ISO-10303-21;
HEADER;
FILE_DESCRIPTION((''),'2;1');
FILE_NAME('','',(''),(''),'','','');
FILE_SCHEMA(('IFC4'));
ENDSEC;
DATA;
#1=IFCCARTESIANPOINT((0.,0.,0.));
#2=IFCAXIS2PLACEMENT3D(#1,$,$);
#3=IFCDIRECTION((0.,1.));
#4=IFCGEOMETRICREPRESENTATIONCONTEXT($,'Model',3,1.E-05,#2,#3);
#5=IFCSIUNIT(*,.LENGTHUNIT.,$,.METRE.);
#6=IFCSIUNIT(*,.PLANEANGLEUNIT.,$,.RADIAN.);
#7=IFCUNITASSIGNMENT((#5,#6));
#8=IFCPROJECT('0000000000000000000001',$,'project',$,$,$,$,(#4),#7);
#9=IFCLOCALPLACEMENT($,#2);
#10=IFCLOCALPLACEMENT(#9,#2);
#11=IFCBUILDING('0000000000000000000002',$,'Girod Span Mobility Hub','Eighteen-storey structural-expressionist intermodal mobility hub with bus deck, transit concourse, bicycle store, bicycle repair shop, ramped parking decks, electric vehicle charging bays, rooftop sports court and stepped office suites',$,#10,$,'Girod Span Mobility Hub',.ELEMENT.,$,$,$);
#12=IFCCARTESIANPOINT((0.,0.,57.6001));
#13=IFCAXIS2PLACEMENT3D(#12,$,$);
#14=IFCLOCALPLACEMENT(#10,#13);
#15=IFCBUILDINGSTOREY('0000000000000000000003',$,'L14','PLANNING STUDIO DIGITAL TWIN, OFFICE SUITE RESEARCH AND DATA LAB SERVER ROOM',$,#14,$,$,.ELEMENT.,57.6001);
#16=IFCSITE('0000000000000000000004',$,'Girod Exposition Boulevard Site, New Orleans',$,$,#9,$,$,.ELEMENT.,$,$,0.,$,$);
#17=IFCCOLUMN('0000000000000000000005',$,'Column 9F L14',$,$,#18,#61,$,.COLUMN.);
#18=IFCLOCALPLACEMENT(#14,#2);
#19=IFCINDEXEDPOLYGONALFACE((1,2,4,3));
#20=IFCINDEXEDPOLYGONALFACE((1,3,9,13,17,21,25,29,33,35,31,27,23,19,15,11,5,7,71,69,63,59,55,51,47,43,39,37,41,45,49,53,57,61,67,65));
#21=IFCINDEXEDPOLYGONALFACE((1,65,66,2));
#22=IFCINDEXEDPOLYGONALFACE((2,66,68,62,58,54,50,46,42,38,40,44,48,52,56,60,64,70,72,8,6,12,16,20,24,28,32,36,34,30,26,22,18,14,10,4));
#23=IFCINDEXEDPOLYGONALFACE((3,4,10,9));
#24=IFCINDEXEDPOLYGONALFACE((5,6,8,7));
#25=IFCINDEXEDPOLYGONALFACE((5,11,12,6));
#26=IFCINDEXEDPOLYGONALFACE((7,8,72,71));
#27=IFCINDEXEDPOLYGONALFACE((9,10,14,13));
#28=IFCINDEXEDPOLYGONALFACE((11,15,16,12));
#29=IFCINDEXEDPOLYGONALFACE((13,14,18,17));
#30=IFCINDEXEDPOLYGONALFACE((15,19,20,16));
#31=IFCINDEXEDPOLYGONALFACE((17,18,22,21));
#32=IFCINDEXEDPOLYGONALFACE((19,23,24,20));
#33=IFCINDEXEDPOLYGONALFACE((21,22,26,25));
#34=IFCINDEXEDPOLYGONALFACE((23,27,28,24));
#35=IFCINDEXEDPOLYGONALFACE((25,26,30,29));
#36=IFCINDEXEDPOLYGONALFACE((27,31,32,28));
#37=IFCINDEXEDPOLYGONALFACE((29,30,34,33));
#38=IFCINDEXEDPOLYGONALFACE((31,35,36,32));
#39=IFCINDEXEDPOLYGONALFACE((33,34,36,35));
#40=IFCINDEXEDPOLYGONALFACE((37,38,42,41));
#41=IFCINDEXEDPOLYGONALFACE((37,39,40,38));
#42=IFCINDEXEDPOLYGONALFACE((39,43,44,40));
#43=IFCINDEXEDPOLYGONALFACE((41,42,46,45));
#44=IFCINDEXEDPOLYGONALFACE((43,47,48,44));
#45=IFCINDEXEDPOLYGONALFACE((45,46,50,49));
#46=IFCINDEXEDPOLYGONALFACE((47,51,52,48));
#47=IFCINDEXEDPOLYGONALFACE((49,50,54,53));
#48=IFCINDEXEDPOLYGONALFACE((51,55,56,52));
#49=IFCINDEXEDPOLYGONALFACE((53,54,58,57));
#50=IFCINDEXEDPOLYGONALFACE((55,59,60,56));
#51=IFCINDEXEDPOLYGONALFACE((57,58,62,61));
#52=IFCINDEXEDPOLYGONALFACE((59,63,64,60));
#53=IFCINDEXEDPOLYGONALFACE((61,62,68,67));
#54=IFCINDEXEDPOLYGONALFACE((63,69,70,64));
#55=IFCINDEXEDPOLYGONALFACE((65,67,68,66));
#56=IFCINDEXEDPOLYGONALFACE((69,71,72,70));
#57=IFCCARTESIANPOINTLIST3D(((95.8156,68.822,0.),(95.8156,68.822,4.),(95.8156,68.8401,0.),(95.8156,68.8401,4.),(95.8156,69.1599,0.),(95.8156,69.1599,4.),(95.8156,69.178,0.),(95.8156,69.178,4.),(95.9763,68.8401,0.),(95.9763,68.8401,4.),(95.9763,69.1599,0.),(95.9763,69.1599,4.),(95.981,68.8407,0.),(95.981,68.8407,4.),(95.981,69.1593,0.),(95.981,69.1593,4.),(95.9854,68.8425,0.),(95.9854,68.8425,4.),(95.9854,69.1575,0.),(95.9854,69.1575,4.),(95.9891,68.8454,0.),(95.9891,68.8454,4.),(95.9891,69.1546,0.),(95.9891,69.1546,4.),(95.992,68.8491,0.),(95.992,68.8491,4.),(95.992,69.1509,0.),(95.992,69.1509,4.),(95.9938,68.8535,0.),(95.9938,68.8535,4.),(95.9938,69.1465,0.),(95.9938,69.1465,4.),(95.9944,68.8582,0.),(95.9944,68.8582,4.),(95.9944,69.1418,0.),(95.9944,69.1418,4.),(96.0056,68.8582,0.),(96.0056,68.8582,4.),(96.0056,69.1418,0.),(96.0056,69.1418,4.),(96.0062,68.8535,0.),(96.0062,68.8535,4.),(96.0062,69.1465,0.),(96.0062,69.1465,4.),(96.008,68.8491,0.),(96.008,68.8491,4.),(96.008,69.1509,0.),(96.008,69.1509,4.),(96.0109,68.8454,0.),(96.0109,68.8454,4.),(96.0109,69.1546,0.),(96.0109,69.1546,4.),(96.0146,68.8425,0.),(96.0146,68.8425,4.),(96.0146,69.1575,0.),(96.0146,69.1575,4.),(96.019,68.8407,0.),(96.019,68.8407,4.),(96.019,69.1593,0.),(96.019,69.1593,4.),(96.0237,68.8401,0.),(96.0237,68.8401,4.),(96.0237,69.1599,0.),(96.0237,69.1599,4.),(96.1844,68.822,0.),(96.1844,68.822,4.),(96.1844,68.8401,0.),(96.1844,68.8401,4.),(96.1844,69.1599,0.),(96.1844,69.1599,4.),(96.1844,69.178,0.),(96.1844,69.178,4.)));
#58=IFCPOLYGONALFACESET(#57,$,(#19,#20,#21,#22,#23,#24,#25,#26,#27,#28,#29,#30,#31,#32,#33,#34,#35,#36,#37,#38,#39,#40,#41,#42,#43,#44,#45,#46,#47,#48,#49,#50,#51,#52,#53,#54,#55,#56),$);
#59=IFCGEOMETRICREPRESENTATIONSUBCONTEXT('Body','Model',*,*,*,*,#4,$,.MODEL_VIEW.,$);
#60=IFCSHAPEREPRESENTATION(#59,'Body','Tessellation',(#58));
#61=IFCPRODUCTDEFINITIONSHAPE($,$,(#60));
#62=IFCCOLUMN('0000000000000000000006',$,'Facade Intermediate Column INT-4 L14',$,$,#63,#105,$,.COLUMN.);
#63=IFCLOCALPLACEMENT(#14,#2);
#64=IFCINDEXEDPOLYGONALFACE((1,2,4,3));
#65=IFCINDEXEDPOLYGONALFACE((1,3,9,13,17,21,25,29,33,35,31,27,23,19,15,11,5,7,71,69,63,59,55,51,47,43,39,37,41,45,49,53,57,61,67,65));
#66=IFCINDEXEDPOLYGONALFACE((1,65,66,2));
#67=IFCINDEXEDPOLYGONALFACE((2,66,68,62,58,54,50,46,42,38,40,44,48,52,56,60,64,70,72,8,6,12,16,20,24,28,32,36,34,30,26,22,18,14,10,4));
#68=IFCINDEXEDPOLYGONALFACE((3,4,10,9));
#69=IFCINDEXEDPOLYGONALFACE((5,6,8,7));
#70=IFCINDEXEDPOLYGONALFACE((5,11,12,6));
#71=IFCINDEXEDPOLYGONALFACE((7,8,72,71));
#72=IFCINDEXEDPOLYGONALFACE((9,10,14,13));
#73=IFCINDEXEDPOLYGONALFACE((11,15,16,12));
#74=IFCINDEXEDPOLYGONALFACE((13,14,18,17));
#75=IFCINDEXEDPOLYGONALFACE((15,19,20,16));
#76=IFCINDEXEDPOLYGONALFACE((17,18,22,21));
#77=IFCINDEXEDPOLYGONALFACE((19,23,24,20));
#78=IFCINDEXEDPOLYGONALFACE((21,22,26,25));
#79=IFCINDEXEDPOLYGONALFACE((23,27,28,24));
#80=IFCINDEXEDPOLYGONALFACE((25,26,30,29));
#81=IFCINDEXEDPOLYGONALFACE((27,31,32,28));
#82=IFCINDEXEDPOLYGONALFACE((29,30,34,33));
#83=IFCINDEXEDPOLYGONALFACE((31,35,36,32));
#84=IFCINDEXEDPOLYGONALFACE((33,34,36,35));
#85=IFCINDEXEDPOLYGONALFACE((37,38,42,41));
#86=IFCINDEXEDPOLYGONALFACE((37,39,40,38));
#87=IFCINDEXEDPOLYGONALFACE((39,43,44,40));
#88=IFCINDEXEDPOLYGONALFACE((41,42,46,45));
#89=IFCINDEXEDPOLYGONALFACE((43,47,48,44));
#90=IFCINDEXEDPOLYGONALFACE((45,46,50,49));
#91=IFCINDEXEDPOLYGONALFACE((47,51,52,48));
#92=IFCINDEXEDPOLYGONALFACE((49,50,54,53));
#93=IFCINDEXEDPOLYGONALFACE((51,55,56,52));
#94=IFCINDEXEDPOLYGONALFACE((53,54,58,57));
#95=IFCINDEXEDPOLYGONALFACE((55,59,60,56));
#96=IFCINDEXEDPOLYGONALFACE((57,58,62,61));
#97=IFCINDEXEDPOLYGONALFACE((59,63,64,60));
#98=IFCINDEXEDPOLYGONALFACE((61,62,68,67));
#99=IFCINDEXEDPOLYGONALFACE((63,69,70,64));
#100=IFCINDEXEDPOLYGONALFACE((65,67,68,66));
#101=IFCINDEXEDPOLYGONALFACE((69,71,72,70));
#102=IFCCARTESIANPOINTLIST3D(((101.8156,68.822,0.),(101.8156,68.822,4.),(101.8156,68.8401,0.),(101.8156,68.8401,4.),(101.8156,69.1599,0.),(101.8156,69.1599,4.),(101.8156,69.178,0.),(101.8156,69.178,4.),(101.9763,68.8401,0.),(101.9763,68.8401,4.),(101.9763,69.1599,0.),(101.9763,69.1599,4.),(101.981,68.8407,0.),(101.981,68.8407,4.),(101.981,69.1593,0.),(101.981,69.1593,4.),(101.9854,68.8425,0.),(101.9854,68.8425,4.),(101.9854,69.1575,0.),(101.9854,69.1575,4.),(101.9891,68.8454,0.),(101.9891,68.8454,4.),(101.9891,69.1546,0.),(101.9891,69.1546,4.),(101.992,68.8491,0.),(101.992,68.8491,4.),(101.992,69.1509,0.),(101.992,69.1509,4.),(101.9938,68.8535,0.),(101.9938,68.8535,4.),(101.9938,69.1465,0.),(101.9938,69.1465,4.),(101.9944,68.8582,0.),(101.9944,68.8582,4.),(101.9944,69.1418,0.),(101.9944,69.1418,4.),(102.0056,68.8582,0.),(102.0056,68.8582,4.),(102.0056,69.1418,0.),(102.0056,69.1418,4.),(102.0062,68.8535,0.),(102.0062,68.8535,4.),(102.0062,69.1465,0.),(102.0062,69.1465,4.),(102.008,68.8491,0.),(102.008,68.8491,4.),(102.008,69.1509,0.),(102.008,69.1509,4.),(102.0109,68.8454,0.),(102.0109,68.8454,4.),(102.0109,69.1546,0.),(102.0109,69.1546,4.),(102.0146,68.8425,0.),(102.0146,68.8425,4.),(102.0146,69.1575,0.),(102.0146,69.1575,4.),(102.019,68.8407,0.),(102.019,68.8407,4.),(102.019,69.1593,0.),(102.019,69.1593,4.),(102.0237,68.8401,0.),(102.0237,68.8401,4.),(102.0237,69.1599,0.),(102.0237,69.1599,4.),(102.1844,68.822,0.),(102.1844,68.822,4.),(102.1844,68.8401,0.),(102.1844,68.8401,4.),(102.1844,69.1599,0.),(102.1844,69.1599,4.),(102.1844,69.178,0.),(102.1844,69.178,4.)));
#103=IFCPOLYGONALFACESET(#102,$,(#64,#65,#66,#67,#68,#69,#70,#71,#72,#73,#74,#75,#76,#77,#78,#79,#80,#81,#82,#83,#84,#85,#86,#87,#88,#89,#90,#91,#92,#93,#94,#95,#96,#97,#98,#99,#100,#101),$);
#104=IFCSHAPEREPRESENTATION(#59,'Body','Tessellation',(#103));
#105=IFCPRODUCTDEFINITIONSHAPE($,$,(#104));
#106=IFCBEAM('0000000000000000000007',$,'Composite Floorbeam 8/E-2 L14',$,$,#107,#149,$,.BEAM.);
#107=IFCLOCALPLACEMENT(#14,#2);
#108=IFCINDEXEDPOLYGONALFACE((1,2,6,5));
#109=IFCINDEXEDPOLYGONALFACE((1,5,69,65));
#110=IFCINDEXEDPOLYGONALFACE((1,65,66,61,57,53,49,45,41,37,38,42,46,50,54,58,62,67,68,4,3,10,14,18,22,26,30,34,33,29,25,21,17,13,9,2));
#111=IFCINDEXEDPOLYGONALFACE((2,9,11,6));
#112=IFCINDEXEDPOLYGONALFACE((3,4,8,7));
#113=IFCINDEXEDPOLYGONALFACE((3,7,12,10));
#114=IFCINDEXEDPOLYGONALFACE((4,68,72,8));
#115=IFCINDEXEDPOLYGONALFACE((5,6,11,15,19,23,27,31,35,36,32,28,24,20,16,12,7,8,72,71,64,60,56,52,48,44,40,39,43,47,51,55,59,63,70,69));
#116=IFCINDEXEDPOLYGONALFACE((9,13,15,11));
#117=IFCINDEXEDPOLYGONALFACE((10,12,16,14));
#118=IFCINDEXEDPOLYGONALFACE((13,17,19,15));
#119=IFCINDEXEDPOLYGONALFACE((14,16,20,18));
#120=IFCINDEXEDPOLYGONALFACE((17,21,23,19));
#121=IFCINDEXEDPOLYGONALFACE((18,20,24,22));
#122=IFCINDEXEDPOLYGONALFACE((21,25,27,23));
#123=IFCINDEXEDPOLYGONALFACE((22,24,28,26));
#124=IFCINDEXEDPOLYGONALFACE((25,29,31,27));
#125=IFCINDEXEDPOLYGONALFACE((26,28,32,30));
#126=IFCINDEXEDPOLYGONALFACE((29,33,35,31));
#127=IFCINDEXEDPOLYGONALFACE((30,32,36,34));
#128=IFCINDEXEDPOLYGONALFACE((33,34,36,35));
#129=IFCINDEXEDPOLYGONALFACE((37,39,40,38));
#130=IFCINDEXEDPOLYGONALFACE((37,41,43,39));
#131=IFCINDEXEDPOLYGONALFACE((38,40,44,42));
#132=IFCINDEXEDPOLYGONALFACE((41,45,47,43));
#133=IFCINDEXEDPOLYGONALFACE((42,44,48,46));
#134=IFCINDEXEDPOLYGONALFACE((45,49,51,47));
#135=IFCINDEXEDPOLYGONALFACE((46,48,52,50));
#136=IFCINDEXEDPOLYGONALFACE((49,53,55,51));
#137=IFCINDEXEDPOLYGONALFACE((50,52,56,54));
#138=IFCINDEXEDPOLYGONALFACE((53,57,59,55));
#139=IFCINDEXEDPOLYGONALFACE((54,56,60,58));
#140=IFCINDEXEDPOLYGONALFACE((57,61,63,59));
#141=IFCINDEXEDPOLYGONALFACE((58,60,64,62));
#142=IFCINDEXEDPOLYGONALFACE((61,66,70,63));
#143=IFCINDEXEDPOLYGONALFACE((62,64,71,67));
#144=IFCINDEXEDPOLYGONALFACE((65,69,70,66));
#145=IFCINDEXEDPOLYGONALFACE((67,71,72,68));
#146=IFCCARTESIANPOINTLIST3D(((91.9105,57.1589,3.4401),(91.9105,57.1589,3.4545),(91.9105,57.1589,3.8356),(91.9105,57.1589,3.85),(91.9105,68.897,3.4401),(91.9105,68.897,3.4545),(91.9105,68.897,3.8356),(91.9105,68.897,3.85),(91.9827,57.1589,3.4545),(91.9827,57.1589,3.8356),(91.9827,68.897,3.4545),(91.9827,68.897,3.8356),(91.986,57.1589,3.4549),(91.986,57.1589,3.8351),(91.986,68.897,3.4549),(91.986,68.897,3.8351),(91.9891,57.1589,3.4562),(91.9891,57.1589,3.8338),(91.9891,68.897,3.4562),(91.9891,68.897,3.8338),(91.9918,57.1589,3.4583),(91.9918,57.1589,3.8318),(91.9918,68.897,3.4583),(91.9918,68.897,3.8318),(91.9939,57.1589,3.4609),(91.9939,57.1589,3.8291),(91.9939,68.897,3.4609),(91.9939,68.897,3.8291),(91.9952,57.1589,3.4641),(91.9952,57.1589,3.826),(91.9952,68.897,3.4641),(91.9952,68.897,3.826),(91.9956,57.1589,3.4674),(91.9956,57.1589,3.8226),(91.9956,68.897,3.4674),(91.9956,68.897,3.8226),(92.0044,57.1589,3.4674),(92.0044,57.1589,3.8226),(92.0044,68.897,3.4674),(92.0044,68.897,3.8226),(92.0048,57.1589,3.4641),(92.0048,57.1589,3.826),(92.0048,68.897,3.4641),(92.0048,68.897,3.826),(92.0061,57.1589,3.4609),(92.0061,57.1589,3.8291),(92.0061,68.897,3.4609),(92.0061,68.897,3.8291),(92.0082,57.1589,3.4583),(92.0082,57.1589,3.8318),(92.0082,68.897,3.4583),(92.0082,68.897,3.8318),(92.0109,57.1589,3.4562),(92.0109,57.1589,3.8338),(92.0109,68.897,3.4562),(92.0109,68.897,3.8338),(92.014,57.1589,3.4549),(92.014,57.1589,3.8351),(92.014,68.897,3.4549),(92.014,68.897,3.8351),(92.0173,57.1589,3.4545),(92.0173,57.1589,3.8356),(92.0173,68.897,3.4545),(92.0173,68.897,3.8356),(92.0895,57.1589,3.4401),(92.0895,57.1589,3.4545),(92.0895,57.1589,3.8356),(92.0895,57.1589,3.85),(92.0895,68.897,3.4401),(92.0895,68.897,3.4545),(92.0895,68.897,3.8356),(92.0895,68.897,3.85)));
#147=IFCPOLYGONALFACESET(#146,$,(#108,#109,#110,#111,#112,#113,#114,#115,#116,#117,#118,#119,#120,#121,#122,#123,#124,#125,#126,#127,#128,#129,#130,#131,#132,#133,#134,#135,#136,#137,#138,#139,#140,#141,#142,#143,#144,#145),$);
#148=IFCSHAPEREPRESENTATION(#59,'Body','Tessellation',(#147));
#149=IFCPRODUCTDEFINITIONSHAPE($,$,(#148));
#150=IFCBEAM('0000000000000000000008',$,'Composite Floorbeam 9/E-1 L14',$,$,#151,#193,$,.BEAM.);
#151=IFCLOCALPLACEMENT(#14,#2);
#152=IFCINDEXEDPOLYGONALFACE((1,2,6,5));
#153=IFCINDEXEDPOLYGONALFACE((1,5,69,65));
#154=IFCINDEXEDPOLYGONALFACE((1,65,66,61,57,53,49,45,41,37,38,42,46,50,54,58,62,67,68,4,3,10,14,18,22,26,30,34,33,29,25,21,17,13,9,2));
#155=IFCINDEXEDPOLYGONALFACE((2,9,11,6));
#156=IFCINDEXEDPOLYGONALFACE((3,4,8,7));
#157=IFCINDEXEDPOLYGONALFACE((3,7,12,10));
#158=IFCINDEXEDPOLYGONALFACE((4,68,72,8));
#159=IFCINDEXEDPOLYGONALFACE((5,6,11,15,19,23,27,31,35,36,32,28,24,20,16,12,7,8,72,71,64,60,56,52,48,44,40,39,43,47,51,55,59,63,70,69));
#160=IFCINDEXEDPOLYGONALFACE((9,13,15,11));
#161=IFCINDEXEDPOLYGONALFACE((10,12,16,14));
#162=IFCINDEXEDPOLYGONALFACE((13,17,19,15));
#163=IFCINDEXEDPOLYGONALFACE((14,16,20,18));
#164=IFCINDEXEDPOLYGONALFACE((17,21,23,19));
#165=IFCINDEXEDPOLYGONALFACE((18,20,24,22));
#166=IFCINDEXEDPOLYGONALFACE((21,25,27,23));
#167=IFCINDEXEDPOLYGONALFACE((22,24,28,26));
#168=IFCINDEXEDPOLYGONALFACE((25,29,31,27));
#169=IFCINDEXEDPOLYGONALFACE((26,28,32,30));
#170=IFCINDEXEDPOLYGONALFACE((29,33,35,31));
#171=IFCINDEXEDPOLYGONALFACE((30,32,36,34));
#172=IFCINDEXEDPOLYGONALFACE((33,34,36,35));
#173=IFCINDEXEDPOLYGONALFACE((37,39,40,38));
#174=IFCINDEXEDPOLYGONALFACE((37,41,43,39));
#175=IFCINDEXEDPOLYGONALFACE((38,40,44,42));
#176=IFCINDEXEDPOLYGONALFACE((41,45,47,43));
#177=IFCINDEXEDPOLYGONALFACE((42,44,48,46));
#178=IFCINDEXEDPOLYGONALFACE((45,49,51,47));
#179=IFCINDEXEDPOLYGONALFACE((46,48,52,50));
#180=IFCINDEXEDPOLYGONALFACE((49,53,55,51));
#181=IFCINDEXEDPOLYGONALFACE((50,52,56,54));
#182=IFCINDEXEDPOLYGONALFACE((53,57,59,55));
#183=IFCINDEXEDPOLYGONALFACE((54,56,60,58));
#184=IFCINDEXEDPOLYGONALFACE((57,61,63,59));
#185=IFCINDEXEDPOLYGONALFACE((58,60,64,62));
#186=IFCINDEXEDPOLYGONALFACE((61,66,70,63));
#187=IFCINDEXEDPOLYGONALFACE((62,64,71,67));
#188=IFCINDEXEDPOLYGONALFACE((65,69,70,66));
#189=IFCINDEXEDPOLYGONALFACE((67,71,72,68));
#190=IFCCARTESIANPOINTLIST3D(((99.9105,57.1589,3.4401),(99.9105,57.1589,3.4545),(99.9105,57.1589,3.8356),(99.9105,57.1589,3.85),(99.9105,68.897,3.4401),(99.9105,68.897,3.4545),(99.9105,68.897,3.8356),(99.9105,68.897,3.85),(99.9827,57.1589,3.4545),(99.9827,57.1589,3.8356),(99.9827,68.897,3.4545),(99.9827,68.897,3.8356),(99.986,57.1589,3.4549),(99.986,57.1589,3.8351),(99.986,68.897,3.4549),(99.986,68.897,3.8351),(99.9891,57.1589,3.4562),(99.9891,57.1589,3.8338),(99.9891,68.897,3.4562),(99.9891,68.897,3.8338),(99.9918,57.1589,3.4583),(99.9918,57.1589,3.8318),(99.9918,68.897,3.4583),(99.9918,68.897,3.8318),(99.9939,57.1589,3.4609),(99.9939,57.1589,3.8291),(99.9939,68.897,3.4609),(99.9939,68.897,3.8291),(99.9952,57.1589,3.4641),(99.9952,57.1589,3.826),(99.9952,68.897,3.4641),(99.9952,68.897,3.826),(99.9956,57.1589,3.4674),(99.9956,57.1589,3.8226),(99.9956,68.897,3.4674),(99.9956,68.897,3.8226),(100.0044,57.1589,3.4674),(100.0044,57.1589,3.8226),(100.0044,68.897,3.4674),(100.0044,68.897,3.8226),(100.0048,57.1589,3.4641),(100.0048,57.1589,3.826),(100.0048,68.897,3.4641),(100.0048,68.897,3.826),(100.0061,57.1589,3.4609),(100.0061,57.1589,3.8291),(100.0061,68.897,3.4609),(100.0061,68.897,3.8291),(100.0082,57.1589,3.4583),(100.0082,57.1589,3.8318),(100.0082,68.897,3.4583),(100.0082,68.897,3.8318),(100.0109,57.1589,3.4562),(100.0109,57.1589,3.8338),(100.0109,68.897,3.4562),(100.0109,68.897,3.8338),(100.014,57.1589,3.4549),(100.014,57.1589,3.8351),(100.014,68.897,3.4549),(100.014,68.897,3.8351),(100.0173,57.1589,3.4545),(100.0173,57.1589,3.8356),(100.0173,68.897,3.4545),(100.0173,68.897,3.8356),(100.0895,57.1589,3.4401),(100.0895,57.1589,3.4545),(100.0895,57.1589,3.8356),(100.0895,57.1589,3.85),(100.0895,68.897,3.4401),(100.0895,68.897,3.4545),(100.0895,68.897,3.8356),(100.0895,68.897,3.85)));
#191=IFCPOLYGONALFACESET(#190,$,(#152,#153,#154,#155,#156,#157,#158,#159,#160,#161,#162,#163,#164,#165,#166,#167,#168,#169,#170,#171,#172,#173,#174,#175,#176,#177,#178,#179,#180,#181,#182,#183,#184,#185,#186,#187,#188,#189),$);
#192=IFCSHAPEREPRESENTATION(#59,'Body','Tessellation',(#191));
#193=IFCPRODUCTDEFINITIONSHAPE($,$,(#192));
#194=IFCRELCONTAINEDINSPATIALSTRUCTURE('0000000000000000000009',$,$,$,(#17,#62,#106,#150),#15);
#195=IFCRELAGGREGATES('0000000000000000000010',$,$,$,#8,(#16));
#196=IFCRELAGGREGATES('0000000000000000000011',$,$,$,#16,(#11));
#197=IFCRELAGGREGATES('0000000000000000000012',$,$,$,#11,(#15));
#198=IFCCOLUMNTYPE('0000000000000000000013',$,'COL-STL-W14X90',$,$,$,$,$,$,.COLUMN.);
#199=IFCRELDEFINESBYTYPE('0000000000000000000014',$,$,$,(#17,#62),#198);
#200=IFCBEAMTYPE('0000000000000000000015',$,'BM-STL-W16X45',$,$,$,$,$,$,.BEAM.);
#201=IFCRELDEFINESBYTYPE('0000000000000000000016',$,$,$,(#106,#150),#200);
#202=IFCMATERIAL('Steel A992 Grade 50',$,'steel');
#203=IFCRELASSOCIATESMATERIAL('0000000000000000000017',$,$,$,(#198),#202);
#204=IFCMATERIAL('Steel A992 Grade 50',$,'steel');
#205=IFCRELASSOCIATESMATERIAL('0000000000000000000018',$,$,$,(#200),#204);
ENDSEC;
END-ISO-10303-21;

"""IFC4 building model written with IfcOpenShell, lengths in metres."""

from ifc_helpers import new_model, si_unit, direction, frame, origin, origin_2d, place, context, subcontext, project, spatial, i_section, extrude, material, material_profile, profile_set, type_object, element, save


model = new_model("IFC4")

# Units and contexts
model_context = context("Model", 3, precision=1e-05, world=origin(), true_north=direction((0.0, 1.0)))
body_context = subcontext(model_context, "Body", "Model", "MODEL_VIEW")
ifc_project = project(units=[si_unit("LENGTHUNIT", "METRE"), si_unit("PLANEANGLEUNIT", "RADIAN")], contexts=[model_context])

# Site, building, storey
site_placement = place(None, origin())
site = spatial("IfcSite", under=ifc_project, at=site_placement, Name="Girod Exposition Boulevard Site, New Orleans", CompositionType="ELEMENT", RefElevation=0.0)
building_placement = place(site_placement, origin())
building = spatial("IfcBuilding", under=site, at=building_placement, Name="Girod Span Mobility Hub", Description="Eighteen-storey structural-expressionist intermodal mobility hub with bus deck, transit concourse, bicycle store, bicycle repair shop, ramped parking decks, electric vehicle charging bays, rooftop sports court and stepped office suites", LongName="Girod Span Mobility Hub", CompositionType="ELEMENT")
storey_placement = place(building_placement, frame((0.0, 0.0, 57.6001)))
storey = spatial("IfcBuildingStorey", under=building, at=storey_placement, Name="L14", Description="PLANNING STUDIO DIGITAL TWIN, OFFICE SUITE RESEARCH AND DATA LAB SERVER ROOM", CompositionType="ELEMENT", Elevation=57.6001)

# Columns
ifc_material_1 = material(Name="Steel A992 Grade 50", Category="steel")
ifc_material_profile_1 = material_profile(ifc_material_1, i_section(OverallWidth=0.3689, OverallDepth=0.356, WebThickness=0.0112, FlangeThickness=0.0181, FilletRadius=0.0181, at=origin_2d()), Name="W14X90")
ifc_profile_set_1 = profile_set([ifc_material_profile_1], Name="Steel A992 Grade 50")
column_type = type_object("IfcColumnType", Name="COL-STL-W14X90", PredefinedType="COLUMN", material=ifc_profile_set_1)
for number, where, z_axis, x_axis, name in (
    (1, (96.0, 69.0, 0.0), (0.0, 0.0, 1.0), (1.0, 0.0, 0.0), "Column 9F L14"),
    (2, (102.0, 69.0, 0.0), (0.0, 0.0, 1.0), (1.0, 0.0, 0.0), "Facade Intermediate Column INT-4 L14"),
):
    element("IfcColumn", number, at=place(storey_placement, frame(where, z_axis=z_axis, x_axis=x_axis)), inside=storey, type_object=column_type, Name=name, PredefinedType="COLUMN", context=body_context, shape_type="SweptSolid", body=[
        extrude(i_section(OverallWidth=0.3689, OverallDepth=0.356, WebThickness=0.0112, FlangeThickness=0.0181, FilletRadius=0.0181, at=origin_2d()), origin(), (0.0, 0.0, 1.0), 4.0),
    ])

# Beams
ifc_material_2 = material(Name="Steel A992 Grade 50", Category="steel")
ifc_material_profile_2 = material_profile(ifc_material_2, i_section(OverallWidth=0.179, OverallDepth=0.4099, WebThickness=0.0088, FlangeThickness=0.0144, FilletRadius=0.0129, at=origin_2d()), Name="W16X45")
ifc_profile_set_2 = profile_set([ifc_material_profile_2], Name="Steel A992 Grade 50")
beam_type_1 = type_object("IfcBeamType", Name="BM-STL-W16X45", PredefinedType="BEAM", material=ifc_profile_set_2)
for number, where, z_axis, x_axis, name in (
    (3, (92.0, 57.1589, 3.645), (0.0, 1.0, 0.0), (-1.0, 0.0, 0.0), "Composite Floorbeam 8/E-2 L14"),
    (4, (100.0, 57.1589, 3.645), (0.0, 1.0, 0.0), (-1.0, 0.0, 0.0), "Composite Floorbeam 9/E-1 L14"),
):
    element("IfcBeam", number, at=place(storey_placement, frame(where, z_axis=z_axis, x_axis=x_axis)), inside=storey, type_object=beam_type_1, Name=name, PredefinedType="BEAM", context=body_context, shape_type="SweptSolid", body=[
        extrude(i_section(OverallWidth=0.179, OverallDepth=0.4099, WebThickness=0.0088, FlangeThickness=0.0144, FilletRadius=0.0129, at=origin_2d()), origin(), (0.0, 0.0, 1.0), 11.738),
    ])

save(model, "model.ifc")
